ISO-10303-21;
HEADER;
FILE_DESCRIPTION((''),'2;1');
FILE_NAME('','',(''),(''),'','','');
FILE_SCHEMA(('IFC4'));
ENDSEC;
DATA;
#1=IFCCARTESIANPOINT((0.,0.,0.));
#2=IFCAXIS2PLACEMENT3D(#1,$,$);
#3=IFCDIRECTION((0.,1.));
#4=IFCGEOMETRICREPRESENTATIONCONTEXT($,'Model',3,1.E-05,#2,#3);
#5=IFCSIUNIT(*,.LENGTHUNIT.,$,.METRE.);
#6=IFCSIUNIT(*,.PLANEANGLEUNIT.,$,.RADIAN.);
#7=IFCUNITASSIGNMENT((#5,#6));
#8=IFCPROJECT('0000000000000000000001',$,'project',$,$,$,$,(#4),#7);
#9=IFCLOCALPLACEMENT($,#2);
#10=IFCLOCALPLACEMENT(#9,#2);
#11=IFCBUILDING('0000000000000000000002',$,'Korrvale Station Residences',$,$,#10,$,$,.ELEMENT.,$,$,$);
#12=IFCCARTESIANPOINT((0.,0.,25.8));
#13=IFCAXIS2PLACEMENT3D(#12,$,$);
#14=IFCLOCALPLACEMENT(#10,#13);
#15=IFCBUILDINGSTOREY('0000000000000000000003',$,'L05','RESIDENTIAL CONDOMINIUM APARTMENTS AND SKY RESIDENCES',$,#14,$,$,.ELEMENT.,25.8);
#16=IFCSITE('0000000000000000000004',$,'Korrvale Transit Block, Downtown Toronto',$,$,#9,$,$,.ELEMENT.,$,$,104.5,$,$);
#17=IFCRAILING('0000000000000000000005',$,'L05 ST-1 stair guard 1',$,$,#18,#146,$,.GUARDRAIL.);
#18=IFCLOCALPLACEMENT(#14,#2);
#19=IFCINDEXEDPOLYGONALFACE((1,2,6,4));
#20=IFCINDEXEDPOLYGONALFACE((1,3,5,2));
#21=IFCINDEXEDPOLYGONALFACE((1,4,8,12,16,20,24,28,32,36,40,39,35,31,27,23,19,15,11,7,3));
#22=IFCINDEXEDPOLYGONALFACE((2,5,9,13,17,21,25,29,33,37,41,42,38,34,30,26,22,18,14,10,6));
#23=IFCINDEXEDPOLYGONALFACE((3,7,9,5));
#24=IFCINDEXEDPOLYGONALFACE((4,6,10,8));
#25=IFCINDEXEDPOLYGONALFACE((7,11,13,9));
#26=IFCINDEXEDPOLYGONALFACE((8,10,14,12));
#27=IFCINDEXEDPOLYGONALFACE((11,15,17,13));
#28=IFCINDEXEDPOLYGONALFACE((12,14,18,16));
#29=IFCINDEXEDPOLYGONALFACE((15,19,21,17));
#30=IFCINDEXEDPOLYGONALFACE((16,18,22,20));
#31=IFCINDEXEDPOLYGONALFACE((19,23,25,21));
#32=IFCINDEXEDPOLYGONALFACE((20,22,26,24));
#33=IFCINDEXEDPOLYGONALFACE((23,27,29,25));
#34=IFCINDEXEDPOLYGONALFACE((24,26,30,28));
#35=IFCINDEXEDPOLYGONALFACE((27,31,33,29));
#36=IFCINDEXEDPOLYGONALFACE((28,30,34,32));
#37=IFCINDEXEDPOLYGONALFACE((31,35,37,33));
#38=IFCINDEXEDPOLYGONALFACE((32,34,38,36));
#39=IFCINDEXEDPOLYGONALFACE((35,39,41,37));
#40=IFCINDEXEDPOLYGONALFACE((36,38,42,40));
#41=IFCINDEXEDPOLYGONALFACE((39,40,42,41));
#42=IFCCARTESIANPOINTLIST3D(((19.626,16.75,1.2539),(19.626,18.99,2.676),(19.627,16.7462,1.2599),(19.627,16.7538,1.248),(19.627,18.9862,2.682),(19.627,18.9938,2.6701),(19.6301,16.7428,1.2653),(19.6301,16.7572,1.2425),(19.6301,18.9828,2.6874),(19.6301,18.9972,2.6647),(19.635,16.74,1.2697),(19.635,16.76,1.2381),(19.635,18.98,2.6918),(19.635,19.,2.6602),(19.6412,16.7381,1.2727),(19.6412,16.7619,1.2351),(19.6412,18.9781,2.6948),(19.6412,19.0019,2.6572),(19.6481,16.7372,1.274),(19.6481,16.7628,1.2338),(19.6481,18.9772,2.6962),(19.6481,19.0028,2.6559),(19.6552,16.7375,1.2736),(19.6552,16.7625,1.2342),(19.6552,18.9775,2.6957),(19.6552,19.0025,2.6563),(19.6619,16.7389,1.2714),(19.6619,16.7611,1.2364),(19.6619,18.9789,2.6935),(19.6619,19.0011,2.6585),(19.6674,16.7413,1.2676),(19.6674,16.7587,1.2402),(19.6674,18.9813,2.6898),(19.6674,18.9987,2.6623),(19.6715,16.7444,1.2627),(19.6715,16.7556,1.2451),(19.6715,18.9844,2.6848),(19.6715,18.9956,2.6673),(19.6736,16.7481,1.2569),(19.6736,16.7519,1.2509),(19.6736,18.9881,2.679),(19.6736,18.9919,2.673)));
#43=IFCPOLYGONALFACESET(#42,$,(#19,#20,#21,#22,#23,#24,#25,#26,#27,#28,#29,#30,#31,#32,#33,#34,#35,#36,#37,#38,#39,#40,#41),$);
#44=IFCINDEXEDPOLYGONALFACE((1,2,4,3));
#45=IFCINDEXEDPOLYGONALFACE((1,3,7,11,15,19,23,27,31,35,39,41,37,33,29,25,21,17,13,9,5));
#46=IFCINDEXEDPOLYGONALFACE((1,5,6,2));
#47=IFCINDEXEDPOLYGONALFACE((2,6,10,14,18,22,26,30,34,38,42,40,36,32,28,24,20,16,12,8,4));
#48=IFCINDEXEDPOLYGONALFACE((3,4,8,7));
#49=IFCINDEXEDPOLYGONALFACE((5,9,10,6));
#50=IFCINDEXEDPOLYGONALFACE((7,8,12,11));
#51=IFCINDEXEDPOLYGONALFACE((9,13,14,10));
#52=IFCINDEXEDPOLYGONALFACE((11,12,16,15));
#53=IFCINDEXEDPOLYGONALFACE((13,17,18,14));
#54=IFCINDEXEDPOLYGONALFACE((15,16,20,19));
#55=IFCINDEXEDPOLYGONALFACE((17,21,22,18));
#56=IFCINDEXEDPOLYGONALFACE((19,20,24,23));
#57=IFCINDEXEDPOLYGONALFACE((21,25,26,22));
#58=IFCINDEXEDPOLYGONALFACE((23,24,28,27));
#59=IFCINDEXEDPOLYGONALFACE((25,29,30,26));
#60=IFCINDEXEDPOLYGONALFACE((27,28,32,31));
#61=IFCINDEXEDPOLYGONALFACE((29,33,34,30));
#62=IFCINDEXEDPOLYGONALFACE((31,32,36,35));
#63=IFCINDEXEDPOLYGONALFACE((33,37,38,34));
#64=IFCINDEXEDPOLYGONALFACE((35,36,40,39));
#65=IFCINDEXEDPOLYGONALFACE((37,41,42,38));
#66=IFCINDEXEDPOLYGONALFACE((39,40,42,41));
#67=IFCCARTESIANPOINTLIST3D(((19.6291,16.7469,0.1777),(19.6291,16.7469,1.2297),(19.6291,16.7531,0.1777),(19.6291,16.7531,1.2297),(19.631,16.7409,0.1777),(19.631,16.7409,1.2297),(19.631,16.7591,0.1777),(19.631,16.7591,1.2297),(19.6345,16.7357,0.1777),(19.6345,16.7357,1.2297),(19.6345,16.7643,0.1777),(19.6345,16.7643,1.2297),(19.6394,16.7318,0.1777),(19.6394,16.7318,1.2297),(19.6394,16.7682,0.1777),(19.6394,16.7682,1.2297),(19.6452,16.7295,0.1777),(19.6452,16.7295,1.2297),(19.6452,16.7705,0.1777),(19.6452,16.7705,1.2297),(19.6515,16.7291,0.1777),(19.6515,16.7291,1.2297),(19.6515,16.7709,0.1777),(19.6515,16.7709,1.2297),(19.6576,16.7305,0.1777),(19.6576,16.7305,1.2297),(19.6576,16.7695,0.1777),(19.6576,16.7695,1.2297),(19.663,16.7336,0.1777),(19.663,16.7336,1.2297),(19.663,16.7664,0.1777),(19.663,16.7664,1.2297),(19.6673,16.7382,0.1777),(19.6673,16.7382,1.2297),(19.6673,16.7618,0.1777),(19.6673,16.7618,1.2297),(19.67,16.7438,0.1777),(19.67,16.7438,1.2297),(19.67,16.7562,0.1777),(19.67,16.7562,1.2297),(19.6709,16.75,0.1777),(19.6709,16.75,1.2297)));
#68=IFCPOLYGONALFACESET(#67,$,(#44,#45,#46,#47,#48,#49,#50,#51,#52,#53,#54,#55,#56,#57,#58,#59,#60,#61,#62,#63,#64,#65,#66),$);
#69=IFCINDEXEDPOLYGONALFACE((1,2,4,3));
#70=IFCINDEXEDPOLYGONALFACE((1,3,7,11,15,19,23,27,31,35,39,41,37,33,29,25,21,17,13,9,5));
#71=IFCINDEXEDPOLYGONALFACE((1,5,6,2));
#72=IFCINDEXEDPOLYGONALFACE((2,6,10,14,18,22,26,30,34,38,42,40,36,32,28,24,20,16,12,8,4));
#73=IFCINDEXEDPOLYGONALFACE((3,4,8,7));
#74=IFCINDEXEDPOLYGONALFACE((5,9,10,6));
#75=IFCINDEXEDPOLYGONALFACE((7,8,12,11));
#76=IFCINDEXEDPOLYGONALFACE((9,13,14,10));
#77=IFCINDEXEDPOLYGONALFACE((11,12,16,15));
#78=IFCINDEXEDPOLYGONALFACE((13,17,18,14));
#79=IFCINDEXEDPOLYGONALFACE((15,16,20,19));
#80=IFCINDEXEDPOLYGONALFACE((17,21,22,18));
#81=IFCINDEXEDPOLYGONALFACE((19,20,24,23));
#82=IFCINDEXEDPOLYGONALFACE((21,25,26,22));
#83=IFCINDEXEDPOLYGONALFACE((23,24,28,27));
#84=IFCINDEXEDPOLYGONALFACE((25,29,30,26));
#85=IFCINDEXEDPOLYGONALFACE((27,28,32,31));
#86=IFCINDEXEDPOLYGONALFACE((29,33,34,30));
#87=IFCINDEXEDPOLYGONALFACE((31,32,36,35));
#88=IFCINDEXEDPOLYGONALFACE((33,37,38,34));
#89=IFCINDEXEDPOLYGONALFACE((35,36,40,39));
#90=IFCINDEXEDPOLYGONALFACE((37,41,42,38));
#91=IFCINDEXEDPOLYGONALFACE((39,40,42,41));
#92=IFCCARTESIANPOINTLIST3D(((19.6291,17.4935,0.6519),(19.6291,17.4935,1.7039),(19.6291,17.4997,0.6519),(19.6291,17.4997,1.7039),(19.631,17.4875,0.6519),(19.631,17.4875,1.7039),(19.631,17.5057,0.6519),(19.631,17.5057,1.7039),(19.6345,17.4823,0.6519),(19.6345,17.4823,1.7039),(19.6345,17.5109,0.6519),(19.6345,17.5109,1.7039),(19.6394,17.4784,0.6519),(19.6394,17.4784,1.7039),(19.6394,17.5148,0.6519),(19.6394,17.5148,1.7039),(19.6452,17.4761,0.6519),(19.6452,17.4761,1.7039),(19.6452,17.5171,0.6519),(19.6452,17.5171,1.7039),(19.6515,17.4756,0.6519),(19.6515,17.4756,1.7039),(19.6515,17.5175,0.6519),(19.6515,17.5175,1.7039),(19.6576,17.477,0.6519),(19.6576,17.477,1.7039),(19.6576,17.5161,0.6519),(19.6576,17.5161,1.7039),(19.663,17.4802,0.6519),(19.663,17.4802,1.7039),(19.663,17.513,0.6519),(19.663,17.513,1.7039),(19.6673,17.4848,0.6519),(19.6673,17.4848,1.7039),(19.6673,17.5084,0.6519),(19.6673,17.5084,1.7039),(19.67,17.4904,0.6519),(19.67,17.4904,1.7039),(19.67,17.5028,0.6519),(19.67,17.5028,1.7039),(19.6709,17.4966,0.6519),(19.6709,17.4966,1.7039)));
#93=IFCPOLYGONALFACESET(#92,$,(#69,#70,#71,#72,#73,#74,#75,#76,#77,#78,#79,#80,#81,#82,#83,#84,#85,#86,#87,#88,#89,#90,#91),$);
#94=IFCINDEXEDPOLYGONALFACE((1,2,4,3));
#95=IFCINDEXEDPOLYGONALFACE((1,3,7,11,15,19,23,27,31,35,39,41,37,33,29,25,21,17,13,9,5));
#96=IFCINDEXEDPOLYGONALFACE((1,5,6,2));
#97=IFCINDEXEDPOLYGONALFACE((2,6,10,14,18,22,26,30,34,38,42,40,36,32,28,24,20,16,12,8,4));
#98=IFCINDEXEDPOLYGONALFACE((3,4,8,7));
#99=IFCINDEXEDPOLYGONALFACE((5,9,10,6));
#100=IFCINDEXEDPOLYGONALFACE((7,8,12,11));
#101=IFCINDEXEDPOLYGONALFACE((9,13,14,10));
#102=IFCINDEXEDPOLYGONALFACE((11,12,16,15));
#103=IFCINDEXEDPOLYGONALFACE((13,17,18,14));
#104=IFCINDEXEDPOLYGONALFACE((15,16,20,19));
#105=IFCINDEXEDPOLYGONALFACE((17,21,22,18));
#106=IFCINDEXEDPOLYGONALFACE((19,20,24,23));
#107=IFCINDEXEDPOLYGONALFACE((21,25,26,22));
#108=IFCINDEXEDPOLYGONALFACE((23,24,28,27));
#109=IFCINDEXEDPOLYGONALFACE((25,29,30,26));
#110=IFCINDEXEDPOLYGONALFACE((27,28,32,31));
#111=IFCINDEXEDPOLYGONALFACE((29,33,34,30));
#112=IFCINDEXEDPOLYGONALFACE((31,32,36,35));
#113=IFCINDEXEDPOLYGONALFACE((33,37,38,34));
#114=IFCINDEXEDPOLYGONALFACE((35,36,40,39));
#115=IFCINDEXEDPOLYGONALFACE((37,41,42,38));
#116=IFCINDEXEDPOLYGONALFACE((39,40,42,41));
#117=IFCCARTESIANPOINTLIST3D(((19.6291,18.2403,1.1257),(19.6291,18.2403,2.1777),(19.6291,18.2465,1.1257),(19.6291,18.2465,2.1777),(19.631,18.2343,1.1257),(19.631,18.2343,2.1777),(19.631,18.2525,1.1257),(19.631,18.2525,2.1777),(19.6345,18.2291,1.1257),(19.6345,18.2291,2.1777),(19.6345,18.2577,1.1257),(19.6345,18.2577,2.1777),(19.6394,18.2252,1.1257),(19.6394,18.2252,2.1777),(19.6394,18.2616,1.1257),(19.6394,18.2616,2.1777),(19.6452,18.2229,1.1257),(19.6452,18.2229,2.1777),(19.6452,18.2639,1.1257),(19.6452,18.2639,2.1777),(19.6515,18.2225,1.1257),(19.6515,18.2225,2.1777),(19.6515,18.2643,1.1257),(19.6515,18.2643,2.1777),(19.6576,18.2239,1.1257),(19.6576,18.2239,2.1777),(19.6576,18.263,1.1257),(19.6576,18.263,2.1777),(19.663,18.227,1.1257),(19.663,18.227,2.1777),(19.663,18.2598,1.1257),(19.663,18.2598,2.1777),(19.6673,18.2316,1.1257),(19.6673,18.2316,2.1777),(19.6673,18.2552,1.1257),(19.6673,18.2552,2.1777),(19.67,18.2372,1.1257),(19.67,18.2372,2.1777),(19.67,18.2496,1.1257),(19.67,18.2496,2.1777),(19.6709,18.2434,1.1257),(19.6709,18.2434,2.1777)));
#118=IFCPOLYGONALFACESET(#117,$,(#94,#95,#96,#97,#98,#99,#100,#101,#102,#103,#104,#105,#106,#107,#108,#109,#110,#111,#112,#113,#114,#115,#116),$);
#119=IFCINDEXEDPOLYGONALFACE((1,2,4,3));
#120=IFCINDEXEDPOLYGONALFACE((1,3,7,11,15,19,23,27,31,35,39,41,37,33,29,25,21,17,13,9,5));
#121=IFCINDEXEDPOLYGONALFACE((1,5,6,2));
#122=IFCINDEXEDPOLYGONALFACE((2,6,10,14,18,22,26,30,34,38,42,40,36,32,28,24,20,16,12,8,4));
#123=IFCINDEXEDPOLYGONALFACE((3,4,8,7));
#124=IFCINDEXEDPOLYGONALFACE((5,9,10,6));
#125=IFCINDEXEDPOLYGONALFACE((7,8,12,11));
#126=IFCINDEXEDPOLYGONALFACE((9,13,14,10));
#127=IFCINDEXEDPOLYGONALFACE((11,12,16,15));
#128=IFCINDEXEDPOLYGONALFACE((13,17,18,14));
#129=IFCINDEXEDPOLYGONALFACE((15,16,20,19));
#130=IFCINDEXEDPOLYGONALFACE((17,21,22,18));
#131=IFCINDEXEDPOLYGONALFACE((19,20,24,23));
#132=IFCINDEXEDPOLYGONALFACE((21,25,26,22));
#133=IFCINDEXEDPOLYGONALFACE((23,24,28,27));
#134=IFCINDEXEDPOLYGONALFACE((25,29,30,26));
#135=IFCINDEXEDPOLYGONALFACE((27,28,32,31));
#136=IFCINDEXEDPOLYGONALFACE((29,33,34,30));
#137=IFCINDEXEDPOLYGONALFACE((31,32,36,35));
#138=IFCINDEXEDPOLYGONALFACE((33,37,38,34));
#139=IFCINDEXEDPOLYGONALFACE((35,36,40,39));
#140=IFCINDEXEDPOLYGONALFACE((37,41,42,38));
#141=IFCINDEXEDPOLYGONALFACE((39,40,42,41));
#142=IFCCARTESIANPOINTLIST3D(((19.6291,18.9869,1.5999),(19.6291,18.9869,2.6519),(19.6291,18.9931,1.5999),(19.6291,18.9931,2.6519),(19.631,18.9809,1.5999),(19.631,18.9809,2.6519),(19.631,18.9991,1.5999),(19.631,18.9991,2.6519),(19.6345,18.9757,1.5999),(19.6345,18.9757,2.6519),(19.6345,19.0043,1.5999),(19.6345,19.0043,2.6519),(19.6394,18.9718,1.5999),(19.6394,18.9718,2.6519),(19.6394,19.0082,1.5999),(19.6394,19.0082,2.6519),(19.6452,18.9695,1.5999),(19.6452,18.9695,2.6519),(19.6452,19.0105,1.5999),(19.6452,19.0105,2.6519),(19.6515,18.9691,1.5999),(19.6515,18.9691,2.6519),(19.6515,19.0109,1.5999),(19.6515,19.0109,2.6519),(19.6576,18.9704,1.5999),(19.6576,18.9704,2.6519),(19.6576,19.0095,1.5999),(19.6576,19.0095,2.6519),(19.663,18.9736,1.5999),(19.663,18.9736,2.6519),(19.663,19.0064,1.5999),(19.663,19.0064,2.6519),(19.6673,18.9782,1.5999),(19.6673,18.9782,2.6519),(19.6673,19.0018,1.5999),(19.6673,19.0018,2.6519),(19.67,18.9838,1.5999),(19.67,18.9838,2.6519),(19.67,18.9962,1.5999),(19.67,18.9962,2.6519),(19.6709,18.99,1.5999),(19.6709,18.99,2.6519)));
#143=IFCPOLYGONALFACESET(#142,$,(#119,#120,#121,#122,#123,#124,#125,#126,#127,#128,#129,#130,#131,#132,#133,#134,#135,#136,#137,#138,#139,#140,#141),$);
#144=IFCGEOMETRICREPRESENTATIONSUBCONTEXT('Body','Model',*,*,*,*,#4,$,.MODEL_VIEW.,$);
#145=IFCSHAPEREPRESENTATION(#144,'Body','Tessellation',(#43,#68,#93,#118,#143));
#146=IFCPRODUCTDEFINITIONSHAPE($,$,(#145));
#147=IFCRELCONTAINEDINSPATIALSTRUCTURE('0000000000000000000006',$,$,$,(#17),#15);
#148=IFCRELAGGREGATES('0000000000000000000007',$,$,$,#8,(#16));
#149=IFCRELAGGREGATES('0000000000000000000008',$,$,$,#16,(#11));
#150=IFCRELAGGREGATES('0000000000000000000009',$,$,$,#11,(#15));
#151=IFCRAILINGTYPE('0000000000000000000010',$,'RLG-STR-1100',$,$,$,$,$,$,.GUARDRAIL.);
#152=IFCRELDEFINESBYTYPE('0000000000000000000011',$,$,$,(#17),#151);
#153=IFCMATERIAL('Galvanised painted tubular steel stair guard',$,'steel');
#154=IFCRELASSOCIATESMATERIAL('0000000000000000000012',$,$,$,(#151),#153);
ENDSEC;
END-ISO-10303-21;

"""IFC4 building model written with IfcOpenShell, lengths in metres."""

from ifc_helpers import new_model, si_unit, direction, frame, origin, origin_2d, place, context, subcontext, project, spatial, circle, extrude, material, type_object, element, save


model = new_model("IFC4")

# Units and contexts
model_context = context("Model", 3, precision=1e-05, world=origin(), true_north=direction((0.0, 1.0)))
body_context = subcontext(model_context, "Body", "Model", "MODEL_VIEW")
ifc_project = project(units=[si_unit("LENGTHUNIT", "METRE"), si_unit("PLANEANGLEUNIT", "RADIAN")], contexts=[model_context])

# Site, building, storey
site_placement = place(None, origin())
site = spatial("IfcSite", under=ifc_project, at=site_placement, Name="Korrvale Transit Block, Downtown Toronto", CompositionType="ELEMENT", RefElevation=104.5)
building_placement = place(site_placement, origin())
building = spatial("IfcBuilding", under=site, at=building_placement, Name="Korrvale Station Residences", CompositionType="ELEMENT")
storey_placement = place(building_placement, frame((0.0, 0.0, 25.8)))
storey = spatial("IfcBuildingStorey", under=building, at=storey_placement, Name="L05", Description="RESIDENTIAL CONDOMINIUM APARTMENTS AND SKY RESIDENCES", CompositionType="ELEMENT", Elevation=25.8)

# Railing
ifc_material_1 = material(Name="Galvanised painted tubular steel stair guard", Category="steel")
railing_type_1 = type_object("IfcRailingType", Name="RLG-STR-1100", PredefinedType="GUARDRAIL", material=ifc_material_1)
railing_1_placement = place(storey_placement, frame((19.6499, 16.75, 0.1777)))
element("IfcRailing", 1, at=railing_1_placement, inside=storey, type_object=railing_type_1, Name="L05 ST-1 stair guard 1", PredefinedType="GUARDRAIL", context=body_context, shape_type="SweptSolid", body=[
    extrude(circle(Radius=0.0239, at=origin_2d()), frame((0.0, 0.0, 1.0762), z_axis=(0.0, 0.844229, 0.535982), x_axis=(-1.0, 0.0, 0.0)), (0.0, 0.0, 1.0), 2.6533),
    extrude(circle(Radius=0.021, at=origin_2d()), origin(), (0.0, 0.0, 1.0), 1.052),
    extrude(circle(Radius=0.021, at=origin_2d()), frame((0.0, 0.7466, 0.4741)), (0.0, 0.0, 1.0), 1.052),
    extrude(circle(Radius=0.021, at=origin_2d()), frame((0.0, 1.4934, 0.948)), (0.0, 0.0, 1.0), 1.052),
    extrude(circle(Radius=0.021, at=origin_2d()), frame((0.0, 2.24, 1.4221)), (0.0, 0.0, 1.0), 1.052),
])

save(model, "model.ifc")
